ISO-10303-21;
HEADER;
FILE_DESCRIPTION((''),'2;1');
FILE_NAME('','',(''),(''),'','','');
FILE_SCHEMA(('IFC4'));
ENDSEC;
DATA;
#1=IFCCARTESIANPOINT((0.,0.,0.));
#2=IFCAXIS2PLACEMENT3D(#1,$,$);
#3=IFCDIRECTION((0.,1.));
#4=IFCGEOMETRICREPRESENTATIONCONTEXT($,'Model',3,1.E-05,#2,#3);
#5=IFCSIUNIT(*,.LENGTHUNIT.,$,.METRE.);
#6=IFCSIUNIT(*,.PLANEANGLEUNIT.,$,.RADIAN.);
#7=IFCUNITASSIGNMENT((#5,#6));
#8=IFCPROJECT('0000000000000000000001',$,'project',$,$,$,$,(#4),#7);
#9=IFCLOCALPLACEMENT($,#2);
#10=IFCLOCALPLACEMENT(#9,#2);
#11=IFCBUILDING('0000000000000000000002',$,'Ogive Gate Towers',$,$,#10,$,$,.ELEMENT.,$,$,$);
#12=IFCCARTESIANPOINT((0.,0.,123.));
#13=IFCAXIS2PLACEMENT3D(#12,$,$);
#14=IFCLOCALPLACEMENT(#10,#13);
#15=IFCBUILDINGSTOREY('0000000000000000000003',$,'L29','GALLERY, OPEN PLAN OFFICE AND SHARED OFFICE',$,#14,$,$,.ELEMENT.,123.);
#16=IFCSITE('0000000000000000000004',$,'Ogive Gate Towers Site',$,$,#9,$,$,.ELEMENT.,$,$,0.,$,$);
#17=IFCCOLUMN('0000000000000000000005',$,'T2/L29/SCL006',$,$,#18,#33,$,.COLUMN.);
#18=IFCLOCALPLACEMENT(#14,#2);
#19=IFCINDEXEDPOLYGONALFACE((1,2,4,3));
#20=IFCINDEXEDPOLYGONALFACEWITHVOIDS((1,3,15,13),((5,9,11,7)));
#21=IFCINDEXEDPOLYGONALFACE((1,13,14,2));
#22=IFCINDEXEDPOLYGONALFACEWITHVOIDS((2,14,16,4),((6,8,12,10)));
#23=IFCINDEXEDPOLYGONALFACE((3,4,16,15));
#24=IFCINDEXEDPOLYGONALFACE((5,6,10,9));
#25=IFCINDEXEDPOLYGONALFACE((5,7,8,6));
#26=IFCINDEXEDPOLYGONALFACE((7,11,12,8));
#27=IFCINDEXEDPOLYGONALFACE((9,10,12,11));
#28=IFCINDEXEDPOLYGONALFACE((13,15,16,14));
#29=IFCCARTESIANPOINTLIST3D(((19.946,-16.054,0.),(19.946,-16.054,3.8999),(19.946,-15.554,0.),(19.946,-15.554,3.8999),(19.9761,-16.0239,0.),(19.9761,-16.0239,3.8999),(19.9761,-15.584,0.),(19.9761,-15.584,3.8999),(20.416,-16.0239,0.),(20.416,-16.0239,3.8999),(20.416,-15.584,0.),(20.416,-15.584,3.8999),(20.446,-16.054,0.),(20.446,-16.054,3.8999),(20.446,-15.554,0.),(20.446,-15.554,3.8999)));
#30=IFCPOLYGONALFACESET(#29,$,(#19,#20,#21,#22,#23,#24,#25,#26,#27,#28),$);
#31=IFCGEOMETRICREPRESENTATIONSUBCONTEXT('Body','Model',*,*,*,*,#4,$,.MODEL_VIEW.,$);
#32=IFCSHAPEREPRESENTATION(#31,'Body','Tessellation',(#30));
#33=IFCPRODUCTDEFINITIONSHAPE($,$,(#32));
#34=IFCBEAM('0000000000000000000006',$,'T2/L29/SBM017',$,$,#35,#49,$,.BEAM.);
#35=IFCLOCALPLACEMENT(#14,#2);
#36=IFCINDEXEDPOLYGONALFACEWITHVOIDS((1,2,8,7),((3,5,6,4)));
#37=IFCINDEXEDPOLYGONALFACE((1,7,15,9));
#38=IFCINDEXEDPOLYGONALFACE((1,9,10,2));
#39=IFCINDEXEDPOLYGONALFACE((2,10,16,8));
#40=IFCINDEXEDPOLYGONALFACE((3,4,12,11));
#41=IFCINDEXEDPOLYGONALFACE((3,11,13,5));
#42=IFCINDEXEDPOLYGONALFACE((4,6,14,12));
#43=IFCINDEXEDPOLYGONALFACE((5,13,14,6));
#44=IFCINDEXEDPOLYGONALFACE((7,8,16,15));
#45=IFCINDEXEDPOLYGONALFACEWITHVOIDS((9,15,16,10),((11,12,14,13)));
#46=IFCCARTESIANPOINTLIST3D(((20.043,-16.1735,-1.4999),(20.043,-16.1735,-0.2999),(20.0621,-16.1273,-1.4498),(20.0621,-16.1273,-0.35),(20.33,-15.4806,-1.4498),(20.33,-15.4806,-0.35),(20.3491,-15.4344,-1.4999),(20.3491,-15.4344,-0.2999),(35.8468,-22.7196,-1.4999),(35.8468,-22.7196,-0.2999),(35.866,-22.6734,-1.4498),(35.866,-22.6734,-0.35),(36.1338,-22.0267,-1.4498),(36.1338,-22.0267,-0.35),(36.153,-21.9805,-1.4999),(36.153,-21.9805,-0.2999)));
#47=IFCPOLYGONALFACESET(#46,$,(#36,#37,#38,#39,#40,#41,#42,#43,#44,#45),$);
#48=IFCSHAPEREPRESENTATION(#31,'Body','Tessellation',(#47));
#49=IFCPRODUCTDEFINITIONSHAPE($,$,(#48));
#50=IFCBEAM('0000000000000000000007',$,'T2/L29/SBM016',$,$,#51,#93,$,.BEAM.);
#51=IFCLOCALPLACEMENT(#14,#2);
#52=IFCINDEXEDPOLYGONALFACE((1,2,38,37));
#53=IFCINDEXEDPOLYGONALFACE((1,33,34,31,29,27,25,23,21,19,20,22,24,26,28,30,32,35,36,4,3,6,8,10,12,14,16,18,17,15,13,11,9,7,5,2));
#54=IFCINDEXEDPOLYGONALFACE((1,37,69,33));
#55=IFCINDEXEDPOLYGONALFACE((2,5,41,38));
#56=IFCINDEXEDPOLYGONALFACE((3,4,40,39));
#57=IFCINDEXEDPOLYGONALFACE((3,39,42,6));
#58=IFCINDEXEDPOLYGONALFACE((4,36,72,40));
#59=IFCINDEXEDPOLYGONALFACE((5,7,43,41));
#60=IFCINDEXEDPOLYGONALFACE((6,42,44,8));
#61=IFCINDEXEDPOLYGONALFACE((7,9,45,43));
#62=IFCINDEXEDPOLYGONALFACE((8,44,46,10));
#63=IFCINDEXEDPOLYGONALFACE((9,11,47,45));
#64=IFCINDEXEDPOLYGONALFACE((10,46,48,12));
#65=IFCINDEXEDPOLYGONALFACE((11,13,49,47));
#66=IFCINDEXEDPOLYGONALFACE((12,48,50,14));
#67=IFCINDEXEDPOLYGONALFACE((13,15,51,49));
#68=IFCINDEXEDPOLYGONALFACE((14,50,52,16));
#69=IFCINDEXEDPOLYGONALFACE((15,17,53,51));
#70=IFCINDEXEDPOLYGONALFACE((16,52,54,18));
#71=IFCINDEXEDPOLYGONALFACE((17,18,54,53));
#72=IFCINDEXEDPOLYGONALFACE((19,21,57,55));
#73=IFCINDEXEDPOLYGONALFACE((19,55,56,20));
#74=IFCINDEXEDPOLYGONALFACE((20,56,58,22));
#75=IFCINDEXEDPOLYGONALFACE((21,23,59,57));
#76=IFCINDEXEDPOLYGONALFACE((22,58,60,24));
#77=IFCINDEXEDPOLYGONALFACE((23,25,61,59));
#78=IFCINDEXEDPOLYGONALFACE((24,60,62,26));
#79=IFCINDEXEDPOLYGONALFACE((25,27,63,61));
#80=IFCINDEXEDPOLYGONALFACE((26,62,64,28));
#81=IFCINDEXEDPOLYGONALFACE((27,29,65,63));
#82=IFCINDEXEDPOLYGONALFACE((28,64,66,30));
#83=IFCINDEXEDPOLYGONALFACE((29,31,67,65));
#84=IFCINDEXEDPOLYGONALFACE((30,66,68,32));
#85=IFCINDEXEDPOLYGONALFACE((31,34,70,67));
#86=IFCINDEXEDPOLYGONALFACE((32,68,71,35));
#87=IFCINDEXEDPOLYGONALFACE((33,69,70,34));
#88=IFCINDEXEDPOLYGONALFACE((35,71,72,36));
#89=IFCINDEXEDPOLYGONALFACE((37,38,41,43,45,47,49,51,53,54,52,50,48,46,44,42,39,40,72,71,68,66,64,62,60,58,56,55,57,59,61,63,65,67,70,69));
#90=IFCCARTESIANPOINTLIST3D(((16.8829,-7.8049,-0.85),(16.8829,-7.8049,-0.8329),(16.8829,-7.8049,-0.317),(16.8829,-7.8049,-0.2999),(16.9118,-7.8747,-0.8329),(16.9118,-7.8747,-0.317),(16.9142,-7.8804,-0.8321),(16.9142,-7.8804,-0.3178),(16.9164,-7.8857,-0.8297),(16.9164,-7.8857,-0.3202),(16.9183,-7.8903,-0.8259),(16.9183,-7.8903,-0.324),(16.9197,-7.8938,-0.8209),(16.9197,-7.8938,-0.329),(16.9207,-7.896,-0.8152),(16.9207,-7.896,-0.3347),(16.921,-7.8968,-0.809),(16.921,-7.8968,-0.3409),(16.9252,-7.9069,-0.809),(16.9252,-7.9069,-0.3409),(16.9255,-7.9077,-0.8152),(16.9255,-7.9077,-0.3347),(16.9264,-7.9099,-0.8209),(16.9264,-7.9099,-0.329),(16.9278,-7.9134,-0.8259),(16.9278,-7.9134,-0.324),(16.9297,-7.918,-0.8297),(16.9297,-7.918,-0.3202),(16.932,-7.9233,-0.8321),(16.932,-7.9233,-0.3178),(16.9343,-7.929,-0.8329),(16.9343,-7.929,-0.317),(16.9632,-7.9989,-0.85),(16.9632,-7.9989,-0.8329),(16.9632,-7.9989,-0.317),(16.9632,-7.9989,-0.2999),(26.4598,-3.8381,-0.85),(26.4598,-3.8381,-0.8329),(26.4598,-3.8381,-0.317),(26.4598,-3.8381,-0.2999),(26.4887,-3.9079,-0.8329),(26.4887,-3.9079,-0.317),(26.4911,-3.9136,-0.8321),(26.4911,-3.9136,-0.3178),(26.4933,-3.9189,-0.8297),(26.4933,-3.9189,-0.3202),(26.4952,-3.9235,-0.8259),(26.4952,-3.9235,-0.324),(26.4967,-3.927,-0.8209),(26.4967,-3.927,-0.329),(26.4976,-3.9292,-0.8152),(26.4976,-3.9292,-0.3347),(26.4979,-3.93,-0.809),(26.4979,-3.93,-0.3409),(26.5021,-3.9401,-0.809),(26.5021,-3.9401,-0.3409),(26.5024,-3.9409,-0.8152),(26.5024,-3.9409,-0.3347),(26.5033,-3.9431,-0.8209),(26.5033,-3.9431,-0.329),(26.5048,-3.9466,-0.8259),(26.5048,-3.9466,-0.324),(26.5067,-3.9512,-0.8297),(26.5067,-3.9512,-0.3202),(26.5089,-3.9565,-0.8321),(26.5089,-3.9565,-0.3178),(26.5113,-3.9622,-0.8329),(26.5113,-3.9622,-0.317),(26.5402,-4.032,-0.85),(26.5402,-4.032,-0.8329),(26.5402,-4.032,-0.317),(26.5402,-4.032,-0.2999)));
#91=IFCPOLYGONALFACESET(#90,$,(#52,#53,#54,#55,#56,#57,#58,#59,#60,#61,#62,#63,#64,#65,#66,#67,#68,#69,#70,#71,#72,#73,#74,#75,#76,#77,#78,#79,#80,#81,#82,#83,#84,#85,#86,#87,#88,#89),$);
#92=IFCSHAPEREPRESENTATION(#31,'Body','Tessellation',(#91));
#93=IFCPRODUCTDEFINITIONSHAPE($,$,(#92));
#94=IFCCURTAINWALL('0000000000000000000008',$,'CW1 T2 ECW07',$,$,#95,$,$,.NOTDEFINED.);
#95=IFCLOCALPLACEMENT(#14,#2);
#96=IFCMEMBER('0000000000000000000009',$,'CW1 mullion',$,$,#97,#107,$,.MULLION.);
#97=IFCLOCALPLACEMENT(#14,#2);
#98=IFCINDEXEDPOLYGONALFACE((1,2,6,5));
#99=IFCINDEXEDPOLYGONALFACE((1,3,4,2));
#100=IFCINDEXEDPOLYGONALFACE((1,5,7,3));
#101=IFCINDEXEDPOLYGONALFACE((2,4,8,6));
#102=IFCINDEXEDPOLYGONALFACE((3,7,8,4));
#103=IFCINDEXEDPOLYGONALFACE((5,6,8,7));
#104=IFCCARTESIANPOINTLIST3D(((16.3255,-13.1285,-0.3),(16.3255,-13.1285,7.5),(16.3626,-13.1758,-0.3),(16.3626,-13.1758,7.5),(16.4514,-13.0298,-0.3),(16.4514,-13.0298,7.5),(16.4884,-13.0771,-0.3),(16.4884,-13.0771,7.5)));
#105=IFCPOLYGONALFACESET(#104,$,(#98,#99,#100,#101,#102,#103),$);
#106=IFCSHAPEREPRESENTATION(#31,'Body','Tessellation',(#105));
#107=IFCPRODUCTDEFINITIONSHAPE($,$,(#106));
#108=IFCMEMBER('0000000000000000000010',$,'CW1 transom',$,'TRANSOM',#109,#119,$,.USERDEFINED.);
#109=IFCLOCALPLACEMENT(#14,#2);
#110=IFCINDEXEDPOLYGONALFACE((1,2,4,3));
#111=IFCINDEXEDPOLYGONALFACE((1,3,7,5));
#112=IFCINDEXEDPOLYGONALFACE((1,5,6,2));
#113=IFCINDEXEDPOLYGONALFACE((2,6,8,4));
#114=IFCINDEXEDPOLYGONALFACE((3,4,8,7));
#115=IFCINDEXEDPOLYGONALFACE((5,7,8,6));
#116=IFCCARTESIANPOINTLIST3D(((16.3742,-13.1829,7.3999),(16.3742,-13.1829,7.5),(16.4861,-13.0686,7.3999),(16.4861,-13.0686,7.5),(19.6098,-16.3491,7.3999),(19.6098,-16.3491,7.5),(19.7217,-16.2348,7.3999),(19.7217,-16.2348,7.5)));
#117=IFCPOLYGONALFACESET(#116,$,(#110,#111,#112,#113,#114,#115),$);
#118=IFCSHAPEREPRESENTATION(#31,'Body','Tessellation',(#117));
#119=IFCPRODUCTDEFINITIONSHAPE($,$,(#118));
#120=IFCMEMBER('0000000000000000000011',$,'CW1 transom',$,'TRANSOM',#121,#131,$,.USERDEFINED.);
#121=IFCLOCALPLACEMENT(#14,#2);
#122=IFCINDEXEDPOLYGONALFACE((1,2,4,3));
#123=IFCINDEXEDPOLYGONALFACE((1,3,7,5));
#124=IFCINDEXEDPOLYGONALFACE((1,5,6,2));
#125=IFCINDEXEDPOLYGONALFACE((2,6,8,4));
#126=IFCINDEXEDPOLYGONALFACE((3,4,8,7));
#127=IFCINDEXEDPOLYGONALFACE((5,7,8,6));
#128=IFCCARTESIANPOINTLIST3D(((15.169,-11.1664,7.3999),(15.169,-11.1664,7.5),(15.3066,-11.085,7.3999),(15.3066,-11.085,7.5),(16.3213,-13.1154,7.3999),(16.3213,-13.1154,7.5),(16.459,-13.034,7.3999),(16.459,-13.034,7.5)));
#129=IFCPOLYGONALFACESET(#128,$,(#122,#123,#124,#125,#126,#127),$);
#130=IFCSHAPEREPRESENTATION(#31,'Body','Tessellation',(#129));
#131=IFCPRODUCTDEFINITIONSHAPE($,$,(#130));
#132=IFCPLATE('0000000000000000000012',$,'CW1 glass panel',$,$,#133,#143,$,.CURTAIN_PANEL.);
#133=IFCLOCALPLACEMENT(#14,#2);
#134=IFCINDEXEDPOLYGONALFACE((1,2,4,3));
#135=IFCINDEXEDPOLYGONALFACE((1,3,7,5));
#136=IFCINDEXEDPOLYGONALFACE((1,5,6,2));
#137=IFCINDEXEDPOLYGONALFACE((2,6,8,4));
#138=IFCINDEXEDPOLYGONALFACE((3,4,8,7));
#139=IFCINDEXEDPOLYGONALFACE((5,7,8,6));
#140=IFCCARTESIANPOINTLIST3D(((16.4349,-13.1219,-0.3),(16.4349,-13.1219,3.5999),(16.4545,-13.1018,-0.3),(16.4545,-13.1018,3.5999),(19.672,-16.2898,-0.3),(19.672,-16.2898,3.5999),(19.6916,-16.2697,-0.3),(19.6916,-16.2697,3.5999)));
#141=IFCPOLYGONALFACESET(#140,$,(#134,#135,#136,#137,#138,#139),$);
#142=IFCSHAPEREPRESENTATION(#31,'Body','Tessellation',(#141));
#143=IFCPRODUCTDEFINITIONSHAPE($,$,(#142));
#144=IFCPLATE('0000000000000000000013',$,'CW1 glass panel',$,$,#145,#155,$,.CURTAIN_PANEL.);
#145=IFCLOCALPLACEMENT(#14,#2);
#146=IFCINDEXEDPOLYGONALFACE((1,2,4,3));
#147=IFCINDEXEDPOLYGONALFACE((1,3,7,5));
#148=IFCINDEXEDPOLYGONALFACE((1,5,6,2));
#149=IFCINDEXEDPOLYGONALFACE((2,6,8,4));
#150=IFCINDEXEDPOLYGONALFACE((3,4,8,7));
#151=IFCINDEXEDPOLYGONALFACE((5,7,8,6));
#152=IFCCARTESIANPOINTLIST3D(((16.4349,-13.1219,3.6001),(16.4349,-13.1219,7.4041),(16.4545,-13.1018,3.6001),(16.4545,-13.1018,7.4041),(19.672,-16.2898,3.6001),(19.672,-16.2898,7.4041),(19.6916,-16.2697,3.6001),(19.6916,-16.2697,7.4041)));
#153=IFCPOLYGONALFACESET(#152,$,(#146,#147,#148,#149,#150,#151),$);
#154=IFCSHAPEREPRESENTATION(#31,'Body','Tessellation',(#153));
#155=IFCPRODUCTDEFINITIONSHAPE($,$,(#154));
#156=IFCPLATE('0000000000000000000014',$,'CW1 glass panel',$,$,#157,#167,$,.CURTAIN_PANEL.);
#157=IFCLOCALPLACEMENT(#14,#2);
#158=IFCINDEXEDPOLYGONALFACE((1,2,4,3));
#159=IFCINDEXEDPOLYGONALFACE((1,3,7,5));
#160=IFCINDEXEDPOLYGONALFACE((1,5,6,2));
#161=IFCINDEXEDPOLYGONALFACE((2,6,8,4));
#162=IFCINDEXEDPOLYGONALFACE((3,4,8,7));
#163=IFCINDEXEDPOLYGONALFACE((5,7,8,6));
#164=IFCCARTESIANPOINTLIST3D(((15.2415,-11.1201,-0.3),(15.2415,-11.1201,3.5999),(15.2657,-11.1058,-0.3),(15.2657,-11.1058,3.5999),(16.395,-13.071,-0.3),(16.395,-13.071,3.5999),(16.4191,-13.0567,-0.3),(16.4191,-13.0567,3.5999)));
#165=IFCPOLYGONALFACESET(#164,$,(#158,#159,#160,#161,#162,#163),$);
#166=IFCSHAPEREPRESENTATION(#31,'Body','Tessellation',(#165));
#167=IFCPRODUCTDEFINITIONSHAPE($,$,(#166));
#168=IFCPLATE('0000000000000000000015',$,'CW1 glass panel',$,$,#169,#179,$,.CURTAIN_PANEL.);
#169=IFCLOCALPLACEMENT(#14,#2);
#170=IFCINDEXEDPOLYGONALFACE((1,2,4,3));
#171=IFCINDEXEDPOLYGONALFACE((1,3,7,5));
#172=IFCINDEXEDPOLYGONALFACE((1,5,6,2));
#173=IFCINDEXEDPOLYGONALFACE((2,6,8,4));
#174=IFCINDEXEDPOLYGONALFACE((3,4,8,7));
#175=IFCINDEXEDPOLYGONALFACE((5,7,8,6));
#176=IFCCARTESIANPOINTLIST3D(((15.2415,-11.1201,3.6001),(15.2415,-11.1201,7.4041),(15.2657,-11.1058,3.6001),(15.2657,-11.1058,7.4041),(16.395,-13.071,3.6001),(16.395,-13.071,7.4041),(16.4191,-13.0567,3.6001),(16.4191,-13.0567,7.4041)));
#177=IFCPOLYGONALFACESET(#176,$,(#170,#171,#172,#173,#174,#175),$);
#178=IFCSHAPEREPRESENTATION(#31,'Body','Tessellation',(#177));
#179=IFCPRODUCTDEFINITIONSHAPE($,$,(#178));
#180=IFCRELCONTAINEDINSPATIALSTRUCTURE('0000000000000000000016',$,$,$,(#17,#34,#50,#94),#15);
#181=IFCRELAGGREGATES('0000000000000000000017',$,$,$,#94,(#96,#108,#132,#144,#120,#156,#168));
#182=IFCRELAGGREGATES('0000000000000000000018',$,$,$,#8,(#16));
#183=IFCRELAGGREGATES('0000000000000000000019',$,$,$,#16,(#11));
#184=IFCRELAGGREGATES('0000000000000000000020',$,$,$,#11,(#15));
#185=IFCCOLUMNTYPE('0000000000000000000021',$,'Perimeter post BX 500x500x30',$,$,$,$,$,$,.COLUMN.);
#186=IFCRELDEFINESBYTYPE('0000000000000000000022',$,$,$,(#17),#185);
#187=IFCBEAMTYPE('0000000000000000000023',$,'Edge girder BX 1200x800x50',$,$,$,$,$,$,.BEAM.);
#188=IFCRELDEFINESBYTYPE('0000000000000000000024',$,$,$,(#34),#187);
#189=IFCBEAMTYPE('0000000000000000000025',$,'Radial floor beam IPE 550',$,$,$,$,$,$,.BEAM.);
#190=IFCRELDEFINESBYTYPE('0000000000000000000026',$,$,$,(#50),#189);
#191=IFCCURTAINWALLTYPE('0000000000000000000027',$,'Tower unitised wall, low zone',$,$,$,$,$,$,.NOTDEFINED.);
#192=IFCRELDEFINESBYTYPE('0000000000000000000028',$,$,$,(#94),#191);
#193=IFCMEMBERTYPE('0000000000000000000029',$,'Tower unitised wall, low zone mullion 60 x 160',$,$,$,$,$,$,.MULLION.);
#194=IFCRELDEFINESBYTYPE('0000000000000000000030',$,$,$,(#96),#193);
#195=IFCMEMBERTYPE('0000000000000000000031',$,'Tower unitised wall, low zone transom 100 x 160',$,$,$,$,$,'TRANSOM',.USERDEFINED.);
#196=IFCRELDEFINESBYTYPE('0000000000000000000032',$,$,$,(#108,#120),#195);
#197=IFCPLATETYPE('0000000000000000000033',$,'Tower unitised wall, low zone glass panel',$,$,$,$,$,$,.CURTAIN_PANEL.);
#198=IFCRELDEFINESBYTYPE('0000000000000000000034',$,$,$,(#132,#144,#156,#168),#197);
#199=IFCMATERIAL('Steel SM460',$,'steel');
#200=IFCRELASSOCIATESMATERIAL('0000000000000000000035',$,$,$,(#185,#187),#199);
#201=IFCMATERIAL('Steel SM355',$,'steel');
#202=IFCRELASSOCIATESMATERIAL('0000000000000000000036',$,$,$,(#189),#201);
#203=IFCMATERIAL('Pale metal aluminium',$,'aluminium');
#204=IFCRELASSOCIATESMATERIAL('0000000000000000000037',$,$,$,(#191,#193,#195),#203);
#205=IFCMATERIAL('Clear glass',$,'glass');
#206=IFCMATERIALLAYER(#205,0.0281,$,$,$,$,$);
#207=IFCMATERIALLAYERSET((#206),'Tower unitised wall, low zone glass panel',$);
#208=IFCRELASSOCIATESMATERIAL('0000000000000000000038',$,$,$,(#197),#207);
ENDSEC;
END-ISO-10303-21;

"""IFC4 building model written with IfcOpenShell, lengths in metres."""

from ifc_helpers import new_model, si_unit, direction, frame, origin, origin_2d, place, context, subcontext, project, spatial, rectangle, hollow_rectangle, i_section, extrude, material, layer, layer_set, material_profile, profile_set, type_object, element, aggregate, save


model = new_model("IFC4")

# Units and contexts
model_context = context("Model", 3, precision=1e-05, world=origin(), true_north=direction((0.0, 1.0)))
body_context = subcontext(model_context, "Body", "Model", "MODEL_VIEW")
ifc_project = project(units=[si_unit("LENGTHUNIT", "METRE"), si_unit("PLANEANGLEUNIT", "RADIAN")], contexts=[model_context])

# Site, building, storey
site_placement = place(None, origin())
site = spatial("IfcSite", under=ifc_project, at=site_placement, Name="Ogive Gate Towers Site", CompositionType="ELEMENT", RefElevation=0.0)
building_placement = place(site_placement, origin())
building = spatial("IfcBuilding", under=site, at=building_placement, Name="Ogive Gate Towers", CompositionType="ELEMENT")
storey_placement = place(building_placement, frame((0.0, 0.0, 123.0)))
storey = spatial("IfcBuildingStorey", under=building, at=storey_placement, Name="L29", Description="GALLERY, OPEN PLAN OFFICE AND SHARED OFFICE", CompositionType="ELEMENT", Elevation=123.0)

# Column
ifc_material_1 = material(Name="Steel SM460", Category="steel")
ifc_material_profile_1 = material_profile(ifc_material_1, hollow_rectangle(XDim=0.5, YDim=0.5, WallThickness=0.03, at=origin_2d()), Name="BX 500x500x30")
ifc_profile_set_1 = profile_set([ifc_material_profile_1], Name="Steel SM460")
column_type = type_object("IfcColumnType", Name="Perimeter post BX 500x500x30", PredefinedType="COLUMN", material=ifc_profile_set_1)
column_placement = place(storey_placement, frame((20.196, -15.804, 0.0), z_axis=(0.0, 0.0, 1.0), x_axis=(1.0, 0.0, 0.0)))
element("IfcColumn", 1, at=column_placement, inside=storey, type_object=column_type, Name="T2/L29/SCL006", PredefinedType="COLUMN", context=body_context, shape_type="SweptSolid", body=[
    extrude(hollow_rectangle(XDim=0.5, YDim=0.5, WallThickness=0.03, at=origin_2d()), origin(), (0.0, 0.0, 1.0), 3.8999),
])

# Beams
ifc_material_profile_2 = material_profile(ifc_material_1, hollow_rectangle(XDim=0.8, YDim=1.2, WallThickness=0.05, at=origin_2d()), Name="BX 1200x800x50")
ifc_profile_set_2 = profile_set([ifc_material_profile_2], Name="Steel SM460")
beam_type_1 = type_object("IfcBeamType", Name="Edge girder BX 1200x800x50", PredefinedType="BEAM", material=ifc_profile_set_2)
beam_1_placement = place(storey_placement, frame((20.196, -15.804, -0.8999), z_axis=(0.923881, -0.38268, 0.0), x_axis=(0.38268, 0.923881, 0.0)))
element("IfcBeam", 2, at=beam_1_placement, inside=storey, type_object=beam_type_1, Name="T2/L29/SBM017", PredefinedType="BEAM", context=body_context, shape_type="SweptSolid", body=[
    extrude(hollow_rectangle(XDim=0.8, YDim=1.2, WallThickness=0.05, at=origin_2d()), origin(), (0.0, 0.0, 1.0), 17.106),
])
ifc_material_2 = material(Name="Steel SM355", Category="steel")
ifc_material_profile_3 = material_profile(ifc_material_2, i_section(OverallWidth=0.21, OverallDepth=0.55, WebThickness=0.011, FlangeThickness=0.0171, FilletRadius=0.0239, at=origin_2d()), Name="IPE 550")
ifc_profile_set_3 = profile_set([ifc_material_profile_3], Name="Steel SM355")
beam_type_2 = type_object("IfcBeamType", Name="Radial floor beam IPE 550", PredefinedType="BEAM", material=ifc_profile_set_3)
beam_2_placement = place(storey_placement, frame((26.5, -3.9351, -0.575), z_axis=(-0.923882, -0.382676, 0.0), x_axis=(0.382676, -0.923882, 0.0)))
element("IfcBeam", 3, at=beam_2_placement, inside=storey, type_object=beam_type_2, Name="T2/L29/SBM016", PredefinedType="BEAM", context=body_context, shape_type="SweptSolid", body=[
    extrude(i_section(OverallWidth=0.21, OverallDepth=0.55, WebThickness=0.011, FlangeThickness=0.0171, FilletRadius=0.0239, at=origin_2d()), origin(), (0.0, 0.0, 1.0), 10.366),
])

# Curtain wall, members, plates
ifc_material_3 = material(Name="Pale metal aluminium", Category="aluminium")
curtain_wall_type = type_object("IfcCurtainWallType", Name="Tower unitised wall, low zone", PredefinedType="NOTDEFINED", material=ifc_material_3)
curtain_wall_placement = place(storey_placement, origin())
curtain_wall = element("IfcCurtainWall", 4, at=curtain_wall_placement, inside=storey, type_object=curtain_wall_type, Name="CW1 T2 ECW07", PredefinedType="NOTDEFINED")
ifc_material_profile_4 = material_profile(ifc_material_3, rectangle(XDim=0.1599, YDim=0.0601, at=origin_2d()), Name="60 x 160 aluminium box")
ifc_profile_set_4 = profile_set([ifc_material_profile_4], Name="Pale metal aluminium")
member_type_1 = type_object("IfcMemberType", Name="Tower unitised wall, low zone mullion 60 x 160", PredefinedType="MULLION", material=ifc_profile_set_4)
member_1_placement = place(storey_placement, frame((16.407, -13.1028, -0.3), z_axis=(0.0, 0.0, 1.0), x_axis=(0.78687, 0.617118, 0.0)))
member_1 = element("IfcMember", 5, at=member_1_placement, type_object=member_type_1, Name="CW1 mullion", PredefinedType="MULLION", context=body_context, shape_type="SweptSolid", body=[
    extrude(rectangle(XDim=0.1599, YDim=0.0601, at=origin_2d()), origin(), (0.0, 0.0, 1.0), 7.8),
])
ifc_material_profile_5 = material_profile(ifc_material_3, rectangle(XDim=0.1599, YDim=0.1001, at=origin_2d()), Name="100 x 160 aluminium box")
ifc_profile_set_5 = profile_set([ifc_material_profile_5], Name="Pale metal aluminium")
member_type_2 = type_object("IfcMemberType", Name="Tower unitised wall, low zone transom 100 x 160", ElementType="TRANSOM", PredefinedType="USERDEFINED", material=ifc_profile_set_5)
member_2_placement = place(storey_placement, frame((19.6658, -16.292, 7.45), z_axis=(-0.714723, 0.699407, 0.0), x_axis=(-0.699407, -0.714723, 0.0)))
member_2 = element("IfcMember", 6, at=member_2_placement, type_object=member_type_2, Name="CW1 transom", ObjectType="TRANSOM", PredefinedType="USERDEFINED", context=body_context, shape_type="SweptSolid", body=[
    extrude(rectangle(XDim=0.1599, YDim=0.1001, at=origin_2d()), origin(), (0.0, 0.0, 1.0), 4.5271),
])
member_3_placement = place(storey_placement, frame((16.3901, -13.0747, 7.45), z_axis=(-0.508951, 0.860796, 0.0), x_axis=(-0.860796, -0.508951, 0.0)))
member_3 = element("IfcMember", 7, at=member_3_placement, type_object=member_type_2, Name="CW1 transom", ObjectType="TRANSOM", PredefinedType="USERDEFINED", context=body_context, shape_type="SweptSolid", body=[
    extrude(rectangle(XDim=0.1599, YDim=0.1001, at=origin_2d()), origin(), (0.0, 0.0, 1.0), 2.2642),
])
ifc_material_4 = material(Name="Clear glass", Category="glass")
ifc_layer_1 = layer(ifc_material_4, 0.0281)
ifc_layer_set_1 = layer_set([ifc_layer_1], Name="Tower unitised wall, low zone glass panel")
plate_type = type_object("IfcPlateType", Name="Tower unitised wall, low zone glass panel", PredefinedType="CURTAIN_PANEL", material=ifc_layer_set_1)
plate_1_placement = place(storey_placement, frame((18.0632, -14.6958, -0.3), z_axis=(0.0, 0.0, 1.0), x_axis=(-0.714705, 0.699426, 0.0)))
plate_1 = element("IfcPlate", 8, at=plate_1_placement, type_object=plate_type, Name="CW1 glass panel", PredefinedType="CURTAIN_PANEL", context=body_context, shape_type="SweptSolid", body=[
    extrude(rectangle(XDim=4.5293, YDim=0.0281, at=origin_2d()), origin(), (0.0, 0.0, 1.0), 3.8999),
])
plate_2_placement = place(storey_placement, frame((18.0632, -14.6958, 3.6001), z_axis=(0.0, 0.0, 1.0), x_axis=(-0.714705, 0.699426, 0.0)))
plate_2 = element("IfcPlate", 9, at=plate_2_placement, type_object=plate_type, Name="CW1 glass panel", PredefinedType="CURTAIN_PANEL", context=body_context, shape_type="SweptSolid", body=[
    extrude(rectangle(XDim=4.5293, YDim=0.0281, at=origin_2d()), origin(), (0.0, 0.0, 1.0), 3.804),
])
plate_3_placement = place(storey_placement, frame((15.8303, -12.0884, -0.3), z_axis=(0.0, 0.0, 1.0), x_axis=(-0.508936, 0.860804, 0.0)))
plate_3 = element("IfcPlate", 10, at=plate_3_placement, type_object=plate_type, Name="CW1 glass panel", PredefinedType="CURTAIN_PANEL", context=body_context, shape_type="SweptSolid", body=[
    extrude(rectangle(XDim=2.2664, YDim=0.0281, at=origin_2d()), origin(), (0.0, 0.0, 1.0), 3.8999),
])
plate_4_placement = place(storey_placement, frame((15.8303, -12.0884, 3.6001), z_axis=(0.0, 0.0, 1.0), x_axis=(-0.508936, 0.860804, 0.0)))
plate_4 = element("IfcPlate", 11, at=plate_4_placement, type_object=plate_type, Name="CW1 glass panel", PredefinedType="CURTAIN_PANEL", context=body_context, shape_type="SweptSolid", body=[
    extrude(rectangle(XDim=2.2664, YDim=0.0281, at=origin_2d()), origin(), (0.0, 0.0, 1.0), 3.804),
])
aggregate(curtain_wall, [member_1, member_2, plate_1, plate_2, member_3, plate_3, plate_4])

save(model, "model.ifc")
